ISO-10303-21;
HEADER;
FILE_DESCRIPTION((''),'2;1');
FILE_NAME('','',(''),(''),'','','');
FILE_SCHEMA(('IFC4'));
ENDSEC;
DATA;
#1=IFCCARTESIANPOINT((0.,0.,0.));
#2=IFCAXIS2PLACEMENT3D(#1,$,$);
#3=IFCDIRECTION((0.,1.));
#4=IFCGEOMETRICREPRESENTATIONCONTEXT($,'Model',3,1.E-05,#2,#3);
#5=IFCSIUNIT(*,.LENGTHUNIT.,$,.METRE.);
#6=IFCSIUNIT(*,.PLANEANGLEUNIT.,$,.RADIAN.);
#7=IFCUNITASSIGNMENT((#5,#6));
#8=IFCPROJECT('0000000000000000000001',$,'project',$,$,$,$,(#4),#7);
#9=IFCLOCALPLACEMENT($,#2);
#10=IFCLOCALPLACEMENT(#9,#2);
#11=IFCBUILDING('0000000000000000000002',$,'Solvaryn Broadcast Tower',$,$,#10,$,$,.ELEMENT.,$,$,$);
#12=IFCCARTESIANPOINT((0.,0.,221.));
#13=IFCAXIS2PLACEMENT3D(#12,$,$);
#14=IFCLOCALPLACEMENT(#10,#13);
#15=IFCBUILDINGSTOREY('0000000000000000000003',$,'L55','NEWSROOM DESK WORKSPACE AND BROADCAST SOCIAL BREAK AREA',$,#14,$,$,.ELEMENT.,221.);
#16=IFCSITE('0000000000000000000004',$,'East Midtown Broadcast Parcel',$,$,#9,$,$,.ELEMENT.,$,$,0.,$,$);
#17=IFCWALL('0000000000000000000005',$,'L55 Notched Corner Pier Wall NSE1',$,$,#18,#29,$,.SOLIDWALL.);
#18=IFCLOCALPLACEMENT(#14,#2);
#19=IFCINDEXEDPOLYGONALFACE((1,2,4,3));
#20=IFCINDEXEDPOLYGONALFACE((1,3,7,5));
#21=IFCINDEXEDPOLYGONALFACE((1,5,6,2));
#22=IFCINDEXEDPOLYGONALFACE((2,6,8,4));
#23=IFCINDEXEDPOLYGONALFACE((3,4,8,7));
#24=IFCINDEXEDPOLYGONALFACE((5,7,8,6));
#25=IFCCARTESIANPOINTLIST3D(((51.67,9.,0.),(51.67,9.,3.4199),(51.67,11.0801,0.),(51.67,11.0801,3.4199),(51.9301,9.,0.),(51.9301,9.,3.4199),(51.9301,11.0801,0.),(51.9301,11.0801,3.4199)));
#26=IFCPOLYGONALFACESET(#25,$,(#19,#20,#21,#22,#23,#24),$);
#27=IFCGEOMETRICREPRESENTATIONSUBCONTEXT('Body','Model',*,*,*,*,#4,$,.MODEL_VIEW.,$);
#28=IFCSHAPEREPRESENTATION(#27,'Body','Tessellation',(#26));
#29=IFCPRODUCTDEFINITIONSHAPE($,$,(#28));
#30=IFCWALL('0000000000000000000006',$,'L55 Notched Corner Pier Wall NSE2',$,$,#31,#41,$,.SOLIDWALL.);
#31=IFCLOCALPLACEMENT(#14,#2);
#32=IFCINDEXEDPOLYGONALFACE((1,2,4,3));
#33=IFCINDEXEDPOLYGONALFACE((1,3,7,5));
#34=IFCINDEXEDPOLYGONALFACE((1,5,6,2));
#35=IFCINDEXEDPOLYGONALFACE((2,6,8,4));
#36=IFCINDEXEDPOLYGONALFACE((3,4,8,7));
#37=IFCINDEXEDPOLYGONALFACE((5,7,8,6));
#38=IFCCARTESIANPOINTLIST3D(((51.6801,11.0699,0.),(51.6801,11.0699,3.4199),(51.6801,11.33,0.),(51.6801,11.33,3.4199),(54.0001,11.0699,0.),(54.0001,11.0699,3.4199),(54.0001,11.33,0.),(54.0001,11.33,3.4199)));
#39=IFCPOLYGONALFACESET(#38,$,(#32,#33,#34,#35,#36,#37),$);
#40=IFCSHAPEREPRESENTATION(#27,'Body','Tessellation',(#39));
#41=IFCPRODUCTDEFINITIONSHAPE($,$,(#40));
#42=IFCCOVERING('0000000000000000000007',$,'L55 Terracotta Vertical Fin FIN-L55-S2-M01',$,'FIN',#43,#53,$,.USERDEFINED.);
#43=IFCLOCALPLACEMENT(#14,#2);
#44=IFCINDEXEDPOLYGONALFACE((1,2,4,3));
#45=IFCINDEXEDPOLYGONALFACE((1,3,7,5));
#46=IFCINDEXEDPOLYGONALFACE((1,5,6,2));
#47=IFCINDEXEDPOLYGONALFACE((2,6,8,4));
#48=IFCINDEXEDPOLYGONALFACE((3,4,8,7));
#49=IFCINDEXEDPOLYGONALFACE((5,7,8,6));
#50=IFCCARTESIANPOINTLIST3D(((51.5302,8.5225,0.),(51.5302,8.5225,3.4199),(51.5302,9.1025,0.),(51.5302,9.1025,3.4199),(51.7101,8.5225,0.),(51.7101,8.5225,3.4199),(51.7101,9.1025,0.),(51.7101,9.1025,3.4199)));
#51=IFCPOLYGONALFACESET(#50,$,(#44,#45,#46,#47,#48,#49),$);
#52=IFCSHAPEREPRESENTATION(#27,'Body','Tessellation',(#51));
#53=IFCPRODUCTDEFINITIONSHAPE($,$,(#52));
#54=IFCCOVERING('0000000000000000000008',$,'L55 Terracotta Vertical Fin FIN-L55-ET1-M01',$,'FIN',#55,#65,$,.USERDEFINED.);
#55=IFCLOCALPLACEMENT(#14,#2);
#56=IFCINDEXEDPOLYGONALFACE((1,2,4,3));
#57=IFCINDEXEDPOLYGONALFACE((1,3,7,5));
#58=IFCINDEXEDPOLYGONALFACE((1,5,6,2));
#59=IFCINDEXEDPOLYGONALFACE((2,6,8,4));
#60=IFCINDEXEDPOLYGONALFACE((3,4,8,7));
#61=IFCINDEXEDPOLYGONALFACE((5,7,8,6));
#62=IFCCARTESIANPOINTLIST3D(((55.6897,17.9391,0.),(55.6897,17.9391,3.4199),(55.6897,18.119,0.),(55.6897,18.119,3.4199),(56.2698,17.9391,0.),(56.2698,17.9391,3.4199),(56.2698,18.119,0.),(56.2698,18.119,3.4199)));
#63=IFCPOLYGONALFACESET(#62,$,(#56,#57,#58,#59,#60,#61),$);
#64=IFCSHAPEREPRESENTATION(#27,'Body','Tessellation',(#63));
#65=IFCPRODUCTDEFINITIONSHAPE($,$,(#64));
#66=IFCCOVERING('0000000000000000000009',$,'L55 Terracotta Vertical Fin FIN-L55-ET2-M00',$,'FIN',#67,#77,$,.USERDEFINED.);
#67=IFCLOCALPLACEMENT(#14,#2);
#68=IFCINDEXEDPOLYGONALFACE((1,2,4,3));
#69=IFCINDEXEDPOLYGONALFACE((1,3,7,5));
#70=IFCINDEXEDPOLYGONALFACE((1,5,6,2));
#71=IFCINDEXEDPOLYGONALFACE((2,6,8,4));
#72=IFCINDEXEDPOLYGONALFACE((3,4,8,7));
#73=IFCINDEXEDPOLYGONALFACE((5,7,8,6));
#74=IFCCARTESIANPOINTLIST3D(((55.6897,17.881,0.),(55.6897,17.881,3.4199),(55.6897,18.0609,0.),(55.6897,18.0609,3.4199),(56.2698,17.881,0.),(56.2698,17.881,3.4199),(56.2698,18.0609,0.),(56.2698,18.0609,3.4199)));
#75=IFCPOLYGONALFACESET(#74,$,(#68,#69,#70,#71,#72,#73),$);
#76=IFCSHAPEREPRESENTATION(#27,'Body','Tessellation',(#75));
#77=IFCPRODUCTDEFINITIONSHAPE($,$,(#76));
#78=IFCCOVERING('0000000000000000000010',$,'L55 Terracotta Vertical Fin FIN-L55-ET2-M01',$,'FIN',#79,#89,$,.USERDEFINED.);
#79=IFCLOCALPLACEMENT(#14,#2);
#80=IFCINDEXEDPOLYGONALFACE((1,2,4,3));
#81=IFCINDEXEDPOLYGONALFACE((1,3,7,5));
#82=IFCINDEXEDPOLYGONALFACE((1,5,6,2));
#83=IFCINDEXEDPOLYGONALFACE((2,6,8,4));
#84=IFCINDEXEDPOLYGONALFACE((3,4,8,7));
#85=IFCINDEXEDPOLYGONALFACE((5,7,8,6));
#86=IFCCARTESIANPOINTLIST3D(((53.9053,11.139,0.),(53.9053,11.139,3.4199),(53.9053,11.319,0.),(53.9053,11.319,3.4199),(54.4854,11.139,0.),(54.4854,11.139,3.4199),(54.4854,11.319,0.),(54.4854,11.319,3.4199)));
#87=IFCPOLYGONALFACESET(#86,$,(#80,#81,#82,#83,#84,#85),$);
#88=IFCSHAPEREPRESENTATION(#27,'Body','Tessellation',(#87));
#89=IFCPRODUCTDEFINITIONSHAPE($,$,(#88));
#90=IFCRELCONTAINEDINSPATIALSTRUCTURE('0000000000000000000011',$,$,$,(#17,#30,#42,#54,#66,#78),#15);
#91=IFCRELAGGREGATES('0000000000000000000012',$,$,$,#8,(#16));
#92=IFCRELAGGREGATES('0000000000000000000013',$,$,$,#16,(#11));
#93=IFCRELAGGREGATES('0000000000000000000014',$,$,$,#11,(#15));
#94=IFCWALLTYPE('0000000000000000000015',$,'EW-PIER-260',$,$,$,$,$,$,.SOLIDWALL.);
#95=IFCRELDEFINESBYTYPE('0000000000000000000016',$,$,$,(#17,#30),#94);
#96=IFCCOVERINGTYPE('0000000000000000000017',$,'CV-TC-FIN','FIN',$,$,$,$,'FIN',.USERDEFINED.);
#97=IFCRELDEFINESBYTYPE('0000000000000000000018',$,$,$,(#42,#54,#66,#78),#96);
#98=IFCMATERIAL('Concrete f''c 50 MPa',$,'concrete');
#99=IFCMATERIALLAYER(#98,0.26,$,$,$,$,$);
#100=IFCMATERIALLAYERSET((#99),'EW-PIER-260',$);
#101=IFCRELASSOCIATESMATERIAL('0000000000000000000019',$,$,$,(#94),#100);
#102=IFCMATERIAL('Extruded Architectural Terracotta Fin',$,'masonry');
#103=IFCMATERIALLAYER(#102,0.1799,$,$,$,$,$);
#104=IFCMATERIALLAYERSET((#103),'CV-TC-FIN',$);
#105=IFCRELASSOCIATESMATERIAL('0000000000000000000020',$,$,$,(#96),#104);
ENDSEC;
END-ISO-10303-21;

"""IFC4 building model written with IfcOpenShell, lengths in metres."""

from ifc_helpers import new_model, si_unit, direction, frame, frame_2d, origin, origin_2d, place, context, subcontext, project, spatial, rectangle, extrude, material, layer, layer_set, type_object, element, save


model = new_model("IFC4")

# Units and contexts
model_context = context("Model", 3, precision=1e-05, world=origin(), true_north=direction((0.0, 1.0)))
body_context = subcontext(model_context, "Body", "Model", "MODEL_VIEW")
ifc_project = project(units=[si_unit("LENGTHUNIT", "METRE"), si_unit("PLANEANGLEUNIT", "RADIAN")], contexts=[model_context])

# Site, building, storey
site_placement = place(None, origin())
site = spatial("IfcSite", under=ifc_project, at=site_placement, Name="East Midtown Broadcast Parcel", CompositionType="ELEMENT", RefElevation=0.0)
building_placement = place(site_placement, origin())
building = spatial("IfcBuilding", under=site, at=building_placement, Name="Solvaryn Broadcast Tower", CompositionType="ELEMENT")
storey_placement = place(building_placement, frame((0.0, 0.0, 221.0)))
storey = spatial("IfcBuildingStorey", under=building, at=storey_placement, Name="L55", Description="NEWSROOM DESK WORKSPACE AND BROADCAST SOCIAL BREAK AREA", CompositionType="ELEMENT", Elevation=221.0)

# Walls
ifc_material_1 = material(Name="Concrete f'c 50 MPa", Category="concrete")
ifc_layer_1 = layer(ifc_material_1, 0.26)
ifc_layer_set_1 = layer_set([ifc_layer_1], Name="EW-PIER-260")
wall_type = type_object("IfcWallType", Name="EW-PIER-260", PredefinedType="SOLIDWALL", material=ifc_layer_set_1)
wall_1_placement = place(storey_placement, frame((51.8, 9.0, 0.0), z_axis=(0.0, 0.0, 1.0), x_axis=(0.0, 1.0, 0.0)))
element("IfcWall", 1, at=wall_1_placement, inside=storey, type_object=wall_type, Name="L55 Notched Corner Pier Wall NSE1", PredefinedType="SOLIDWALL", context=body_context, shape_type="SweptSolid", body=[
    extrude(rectangle(XDim=2.0801, YDim=0.26, at=frame_2d((1.04, 0.0))), origin(), (0.0, 0.0, 1.0), 3.4199),
])
wall_2_placement = place(storey_placement, frame((51.6799, 11.2, 0.0), z_axis=(0.0, 0.0, 1.0), x_axis=(1.0, 0.0, 0.0)))
element("IfcWall", 2, at=wall_2_placement, inside=storey, type_object=wall_type, Name="L55 Notched Corner Pier Wall NSE2", PredefinedType="SOLIDWALL", context=body_context, shape_type="SweptSolid", body=[
    extrude(rectangle(XDim=2.3201, YDim=0.26, at=frame_2d((1.1602, 0.0))), origin(), (0.0, 0.0, 1.0), 3.4199),
])

# Coverings
ifc_material_2 = material(Name="Extruded Architectural Terracotta Fin", Category="masonry")
ifc_layer_2 = layer(ifc_material_2, 0.1799)
ifc_layer_set_2 = layer_set([ifc_layer_2], Name="CV-TC-FIN")
covering_type = type_object("IfcCoveringType", Name="CV-TC-FIN", Description="FIN", ElementType="FIN", PredefinedType="USERDEFINED", material=ifc_layer_set_2)
covering_placement = place(storey_placement, frame((51.6201, 8.8125, 0.0), z_axis=(0.0, 0.0, 1.0), x_axis=(1.0, 0.0, 0.0)))
element("IfcCovering", 3, at=covering_placement, inside=storey, type_object=covering_type, Name="L55 Terracotta Vertical Fin FIN-L55-S2-M01", ObjectType="FIN", PredefinedType="USERDEFINED", context=body_context, shape_type="SweptSolid", body=[
    extrude(rectangle(XDim=0.1799, YDim=0.5801, at=origin_2d()), origin(), (0.0, 0.0, 1.0), 3.4199),
])
for number, where, z_axis, x_axis, name in (
    (4, (55.9797, 18.0291, 0.0), (0.0, 0.0, 1.0), (1.0, 0.0, 0.0), "L55 Terracotta Vertical Fin FIN-L55-ET1-M01"),
    (5, (55.9797, 17.9709, 0.0), (0.0, 0.0, 1.0), (1.0, 0.0, 0.0), "L55 Terracotta Vertical Fin FIN-L55-ET2-M00"),
    (6, (54.1953, 11.229, 0.0), (0.0, 0.0, 1.0), (1.0, 0.0, 0.0), "L55 Terracotta Vertical Fin FIN-L55-ET2-M01"),
):
    element("IfcCovering", number, at=place(storey_placement, frame(where, z_axis=z_axis, x_axis=x_axis)), inside=storey, type_object=covering_type, Name=name, ObjectType="FIN", PredefinedType="USERDEFINED", context=body_context, shape_type="SweptSolid", body=[
        extrude(rectangle(XDim=0.5801, YDim=0.1799, at=origin_2d()), origin(), (0.0, 0.0, 1.0), 3.4199),
    ])

save(model, "model.ifc")
